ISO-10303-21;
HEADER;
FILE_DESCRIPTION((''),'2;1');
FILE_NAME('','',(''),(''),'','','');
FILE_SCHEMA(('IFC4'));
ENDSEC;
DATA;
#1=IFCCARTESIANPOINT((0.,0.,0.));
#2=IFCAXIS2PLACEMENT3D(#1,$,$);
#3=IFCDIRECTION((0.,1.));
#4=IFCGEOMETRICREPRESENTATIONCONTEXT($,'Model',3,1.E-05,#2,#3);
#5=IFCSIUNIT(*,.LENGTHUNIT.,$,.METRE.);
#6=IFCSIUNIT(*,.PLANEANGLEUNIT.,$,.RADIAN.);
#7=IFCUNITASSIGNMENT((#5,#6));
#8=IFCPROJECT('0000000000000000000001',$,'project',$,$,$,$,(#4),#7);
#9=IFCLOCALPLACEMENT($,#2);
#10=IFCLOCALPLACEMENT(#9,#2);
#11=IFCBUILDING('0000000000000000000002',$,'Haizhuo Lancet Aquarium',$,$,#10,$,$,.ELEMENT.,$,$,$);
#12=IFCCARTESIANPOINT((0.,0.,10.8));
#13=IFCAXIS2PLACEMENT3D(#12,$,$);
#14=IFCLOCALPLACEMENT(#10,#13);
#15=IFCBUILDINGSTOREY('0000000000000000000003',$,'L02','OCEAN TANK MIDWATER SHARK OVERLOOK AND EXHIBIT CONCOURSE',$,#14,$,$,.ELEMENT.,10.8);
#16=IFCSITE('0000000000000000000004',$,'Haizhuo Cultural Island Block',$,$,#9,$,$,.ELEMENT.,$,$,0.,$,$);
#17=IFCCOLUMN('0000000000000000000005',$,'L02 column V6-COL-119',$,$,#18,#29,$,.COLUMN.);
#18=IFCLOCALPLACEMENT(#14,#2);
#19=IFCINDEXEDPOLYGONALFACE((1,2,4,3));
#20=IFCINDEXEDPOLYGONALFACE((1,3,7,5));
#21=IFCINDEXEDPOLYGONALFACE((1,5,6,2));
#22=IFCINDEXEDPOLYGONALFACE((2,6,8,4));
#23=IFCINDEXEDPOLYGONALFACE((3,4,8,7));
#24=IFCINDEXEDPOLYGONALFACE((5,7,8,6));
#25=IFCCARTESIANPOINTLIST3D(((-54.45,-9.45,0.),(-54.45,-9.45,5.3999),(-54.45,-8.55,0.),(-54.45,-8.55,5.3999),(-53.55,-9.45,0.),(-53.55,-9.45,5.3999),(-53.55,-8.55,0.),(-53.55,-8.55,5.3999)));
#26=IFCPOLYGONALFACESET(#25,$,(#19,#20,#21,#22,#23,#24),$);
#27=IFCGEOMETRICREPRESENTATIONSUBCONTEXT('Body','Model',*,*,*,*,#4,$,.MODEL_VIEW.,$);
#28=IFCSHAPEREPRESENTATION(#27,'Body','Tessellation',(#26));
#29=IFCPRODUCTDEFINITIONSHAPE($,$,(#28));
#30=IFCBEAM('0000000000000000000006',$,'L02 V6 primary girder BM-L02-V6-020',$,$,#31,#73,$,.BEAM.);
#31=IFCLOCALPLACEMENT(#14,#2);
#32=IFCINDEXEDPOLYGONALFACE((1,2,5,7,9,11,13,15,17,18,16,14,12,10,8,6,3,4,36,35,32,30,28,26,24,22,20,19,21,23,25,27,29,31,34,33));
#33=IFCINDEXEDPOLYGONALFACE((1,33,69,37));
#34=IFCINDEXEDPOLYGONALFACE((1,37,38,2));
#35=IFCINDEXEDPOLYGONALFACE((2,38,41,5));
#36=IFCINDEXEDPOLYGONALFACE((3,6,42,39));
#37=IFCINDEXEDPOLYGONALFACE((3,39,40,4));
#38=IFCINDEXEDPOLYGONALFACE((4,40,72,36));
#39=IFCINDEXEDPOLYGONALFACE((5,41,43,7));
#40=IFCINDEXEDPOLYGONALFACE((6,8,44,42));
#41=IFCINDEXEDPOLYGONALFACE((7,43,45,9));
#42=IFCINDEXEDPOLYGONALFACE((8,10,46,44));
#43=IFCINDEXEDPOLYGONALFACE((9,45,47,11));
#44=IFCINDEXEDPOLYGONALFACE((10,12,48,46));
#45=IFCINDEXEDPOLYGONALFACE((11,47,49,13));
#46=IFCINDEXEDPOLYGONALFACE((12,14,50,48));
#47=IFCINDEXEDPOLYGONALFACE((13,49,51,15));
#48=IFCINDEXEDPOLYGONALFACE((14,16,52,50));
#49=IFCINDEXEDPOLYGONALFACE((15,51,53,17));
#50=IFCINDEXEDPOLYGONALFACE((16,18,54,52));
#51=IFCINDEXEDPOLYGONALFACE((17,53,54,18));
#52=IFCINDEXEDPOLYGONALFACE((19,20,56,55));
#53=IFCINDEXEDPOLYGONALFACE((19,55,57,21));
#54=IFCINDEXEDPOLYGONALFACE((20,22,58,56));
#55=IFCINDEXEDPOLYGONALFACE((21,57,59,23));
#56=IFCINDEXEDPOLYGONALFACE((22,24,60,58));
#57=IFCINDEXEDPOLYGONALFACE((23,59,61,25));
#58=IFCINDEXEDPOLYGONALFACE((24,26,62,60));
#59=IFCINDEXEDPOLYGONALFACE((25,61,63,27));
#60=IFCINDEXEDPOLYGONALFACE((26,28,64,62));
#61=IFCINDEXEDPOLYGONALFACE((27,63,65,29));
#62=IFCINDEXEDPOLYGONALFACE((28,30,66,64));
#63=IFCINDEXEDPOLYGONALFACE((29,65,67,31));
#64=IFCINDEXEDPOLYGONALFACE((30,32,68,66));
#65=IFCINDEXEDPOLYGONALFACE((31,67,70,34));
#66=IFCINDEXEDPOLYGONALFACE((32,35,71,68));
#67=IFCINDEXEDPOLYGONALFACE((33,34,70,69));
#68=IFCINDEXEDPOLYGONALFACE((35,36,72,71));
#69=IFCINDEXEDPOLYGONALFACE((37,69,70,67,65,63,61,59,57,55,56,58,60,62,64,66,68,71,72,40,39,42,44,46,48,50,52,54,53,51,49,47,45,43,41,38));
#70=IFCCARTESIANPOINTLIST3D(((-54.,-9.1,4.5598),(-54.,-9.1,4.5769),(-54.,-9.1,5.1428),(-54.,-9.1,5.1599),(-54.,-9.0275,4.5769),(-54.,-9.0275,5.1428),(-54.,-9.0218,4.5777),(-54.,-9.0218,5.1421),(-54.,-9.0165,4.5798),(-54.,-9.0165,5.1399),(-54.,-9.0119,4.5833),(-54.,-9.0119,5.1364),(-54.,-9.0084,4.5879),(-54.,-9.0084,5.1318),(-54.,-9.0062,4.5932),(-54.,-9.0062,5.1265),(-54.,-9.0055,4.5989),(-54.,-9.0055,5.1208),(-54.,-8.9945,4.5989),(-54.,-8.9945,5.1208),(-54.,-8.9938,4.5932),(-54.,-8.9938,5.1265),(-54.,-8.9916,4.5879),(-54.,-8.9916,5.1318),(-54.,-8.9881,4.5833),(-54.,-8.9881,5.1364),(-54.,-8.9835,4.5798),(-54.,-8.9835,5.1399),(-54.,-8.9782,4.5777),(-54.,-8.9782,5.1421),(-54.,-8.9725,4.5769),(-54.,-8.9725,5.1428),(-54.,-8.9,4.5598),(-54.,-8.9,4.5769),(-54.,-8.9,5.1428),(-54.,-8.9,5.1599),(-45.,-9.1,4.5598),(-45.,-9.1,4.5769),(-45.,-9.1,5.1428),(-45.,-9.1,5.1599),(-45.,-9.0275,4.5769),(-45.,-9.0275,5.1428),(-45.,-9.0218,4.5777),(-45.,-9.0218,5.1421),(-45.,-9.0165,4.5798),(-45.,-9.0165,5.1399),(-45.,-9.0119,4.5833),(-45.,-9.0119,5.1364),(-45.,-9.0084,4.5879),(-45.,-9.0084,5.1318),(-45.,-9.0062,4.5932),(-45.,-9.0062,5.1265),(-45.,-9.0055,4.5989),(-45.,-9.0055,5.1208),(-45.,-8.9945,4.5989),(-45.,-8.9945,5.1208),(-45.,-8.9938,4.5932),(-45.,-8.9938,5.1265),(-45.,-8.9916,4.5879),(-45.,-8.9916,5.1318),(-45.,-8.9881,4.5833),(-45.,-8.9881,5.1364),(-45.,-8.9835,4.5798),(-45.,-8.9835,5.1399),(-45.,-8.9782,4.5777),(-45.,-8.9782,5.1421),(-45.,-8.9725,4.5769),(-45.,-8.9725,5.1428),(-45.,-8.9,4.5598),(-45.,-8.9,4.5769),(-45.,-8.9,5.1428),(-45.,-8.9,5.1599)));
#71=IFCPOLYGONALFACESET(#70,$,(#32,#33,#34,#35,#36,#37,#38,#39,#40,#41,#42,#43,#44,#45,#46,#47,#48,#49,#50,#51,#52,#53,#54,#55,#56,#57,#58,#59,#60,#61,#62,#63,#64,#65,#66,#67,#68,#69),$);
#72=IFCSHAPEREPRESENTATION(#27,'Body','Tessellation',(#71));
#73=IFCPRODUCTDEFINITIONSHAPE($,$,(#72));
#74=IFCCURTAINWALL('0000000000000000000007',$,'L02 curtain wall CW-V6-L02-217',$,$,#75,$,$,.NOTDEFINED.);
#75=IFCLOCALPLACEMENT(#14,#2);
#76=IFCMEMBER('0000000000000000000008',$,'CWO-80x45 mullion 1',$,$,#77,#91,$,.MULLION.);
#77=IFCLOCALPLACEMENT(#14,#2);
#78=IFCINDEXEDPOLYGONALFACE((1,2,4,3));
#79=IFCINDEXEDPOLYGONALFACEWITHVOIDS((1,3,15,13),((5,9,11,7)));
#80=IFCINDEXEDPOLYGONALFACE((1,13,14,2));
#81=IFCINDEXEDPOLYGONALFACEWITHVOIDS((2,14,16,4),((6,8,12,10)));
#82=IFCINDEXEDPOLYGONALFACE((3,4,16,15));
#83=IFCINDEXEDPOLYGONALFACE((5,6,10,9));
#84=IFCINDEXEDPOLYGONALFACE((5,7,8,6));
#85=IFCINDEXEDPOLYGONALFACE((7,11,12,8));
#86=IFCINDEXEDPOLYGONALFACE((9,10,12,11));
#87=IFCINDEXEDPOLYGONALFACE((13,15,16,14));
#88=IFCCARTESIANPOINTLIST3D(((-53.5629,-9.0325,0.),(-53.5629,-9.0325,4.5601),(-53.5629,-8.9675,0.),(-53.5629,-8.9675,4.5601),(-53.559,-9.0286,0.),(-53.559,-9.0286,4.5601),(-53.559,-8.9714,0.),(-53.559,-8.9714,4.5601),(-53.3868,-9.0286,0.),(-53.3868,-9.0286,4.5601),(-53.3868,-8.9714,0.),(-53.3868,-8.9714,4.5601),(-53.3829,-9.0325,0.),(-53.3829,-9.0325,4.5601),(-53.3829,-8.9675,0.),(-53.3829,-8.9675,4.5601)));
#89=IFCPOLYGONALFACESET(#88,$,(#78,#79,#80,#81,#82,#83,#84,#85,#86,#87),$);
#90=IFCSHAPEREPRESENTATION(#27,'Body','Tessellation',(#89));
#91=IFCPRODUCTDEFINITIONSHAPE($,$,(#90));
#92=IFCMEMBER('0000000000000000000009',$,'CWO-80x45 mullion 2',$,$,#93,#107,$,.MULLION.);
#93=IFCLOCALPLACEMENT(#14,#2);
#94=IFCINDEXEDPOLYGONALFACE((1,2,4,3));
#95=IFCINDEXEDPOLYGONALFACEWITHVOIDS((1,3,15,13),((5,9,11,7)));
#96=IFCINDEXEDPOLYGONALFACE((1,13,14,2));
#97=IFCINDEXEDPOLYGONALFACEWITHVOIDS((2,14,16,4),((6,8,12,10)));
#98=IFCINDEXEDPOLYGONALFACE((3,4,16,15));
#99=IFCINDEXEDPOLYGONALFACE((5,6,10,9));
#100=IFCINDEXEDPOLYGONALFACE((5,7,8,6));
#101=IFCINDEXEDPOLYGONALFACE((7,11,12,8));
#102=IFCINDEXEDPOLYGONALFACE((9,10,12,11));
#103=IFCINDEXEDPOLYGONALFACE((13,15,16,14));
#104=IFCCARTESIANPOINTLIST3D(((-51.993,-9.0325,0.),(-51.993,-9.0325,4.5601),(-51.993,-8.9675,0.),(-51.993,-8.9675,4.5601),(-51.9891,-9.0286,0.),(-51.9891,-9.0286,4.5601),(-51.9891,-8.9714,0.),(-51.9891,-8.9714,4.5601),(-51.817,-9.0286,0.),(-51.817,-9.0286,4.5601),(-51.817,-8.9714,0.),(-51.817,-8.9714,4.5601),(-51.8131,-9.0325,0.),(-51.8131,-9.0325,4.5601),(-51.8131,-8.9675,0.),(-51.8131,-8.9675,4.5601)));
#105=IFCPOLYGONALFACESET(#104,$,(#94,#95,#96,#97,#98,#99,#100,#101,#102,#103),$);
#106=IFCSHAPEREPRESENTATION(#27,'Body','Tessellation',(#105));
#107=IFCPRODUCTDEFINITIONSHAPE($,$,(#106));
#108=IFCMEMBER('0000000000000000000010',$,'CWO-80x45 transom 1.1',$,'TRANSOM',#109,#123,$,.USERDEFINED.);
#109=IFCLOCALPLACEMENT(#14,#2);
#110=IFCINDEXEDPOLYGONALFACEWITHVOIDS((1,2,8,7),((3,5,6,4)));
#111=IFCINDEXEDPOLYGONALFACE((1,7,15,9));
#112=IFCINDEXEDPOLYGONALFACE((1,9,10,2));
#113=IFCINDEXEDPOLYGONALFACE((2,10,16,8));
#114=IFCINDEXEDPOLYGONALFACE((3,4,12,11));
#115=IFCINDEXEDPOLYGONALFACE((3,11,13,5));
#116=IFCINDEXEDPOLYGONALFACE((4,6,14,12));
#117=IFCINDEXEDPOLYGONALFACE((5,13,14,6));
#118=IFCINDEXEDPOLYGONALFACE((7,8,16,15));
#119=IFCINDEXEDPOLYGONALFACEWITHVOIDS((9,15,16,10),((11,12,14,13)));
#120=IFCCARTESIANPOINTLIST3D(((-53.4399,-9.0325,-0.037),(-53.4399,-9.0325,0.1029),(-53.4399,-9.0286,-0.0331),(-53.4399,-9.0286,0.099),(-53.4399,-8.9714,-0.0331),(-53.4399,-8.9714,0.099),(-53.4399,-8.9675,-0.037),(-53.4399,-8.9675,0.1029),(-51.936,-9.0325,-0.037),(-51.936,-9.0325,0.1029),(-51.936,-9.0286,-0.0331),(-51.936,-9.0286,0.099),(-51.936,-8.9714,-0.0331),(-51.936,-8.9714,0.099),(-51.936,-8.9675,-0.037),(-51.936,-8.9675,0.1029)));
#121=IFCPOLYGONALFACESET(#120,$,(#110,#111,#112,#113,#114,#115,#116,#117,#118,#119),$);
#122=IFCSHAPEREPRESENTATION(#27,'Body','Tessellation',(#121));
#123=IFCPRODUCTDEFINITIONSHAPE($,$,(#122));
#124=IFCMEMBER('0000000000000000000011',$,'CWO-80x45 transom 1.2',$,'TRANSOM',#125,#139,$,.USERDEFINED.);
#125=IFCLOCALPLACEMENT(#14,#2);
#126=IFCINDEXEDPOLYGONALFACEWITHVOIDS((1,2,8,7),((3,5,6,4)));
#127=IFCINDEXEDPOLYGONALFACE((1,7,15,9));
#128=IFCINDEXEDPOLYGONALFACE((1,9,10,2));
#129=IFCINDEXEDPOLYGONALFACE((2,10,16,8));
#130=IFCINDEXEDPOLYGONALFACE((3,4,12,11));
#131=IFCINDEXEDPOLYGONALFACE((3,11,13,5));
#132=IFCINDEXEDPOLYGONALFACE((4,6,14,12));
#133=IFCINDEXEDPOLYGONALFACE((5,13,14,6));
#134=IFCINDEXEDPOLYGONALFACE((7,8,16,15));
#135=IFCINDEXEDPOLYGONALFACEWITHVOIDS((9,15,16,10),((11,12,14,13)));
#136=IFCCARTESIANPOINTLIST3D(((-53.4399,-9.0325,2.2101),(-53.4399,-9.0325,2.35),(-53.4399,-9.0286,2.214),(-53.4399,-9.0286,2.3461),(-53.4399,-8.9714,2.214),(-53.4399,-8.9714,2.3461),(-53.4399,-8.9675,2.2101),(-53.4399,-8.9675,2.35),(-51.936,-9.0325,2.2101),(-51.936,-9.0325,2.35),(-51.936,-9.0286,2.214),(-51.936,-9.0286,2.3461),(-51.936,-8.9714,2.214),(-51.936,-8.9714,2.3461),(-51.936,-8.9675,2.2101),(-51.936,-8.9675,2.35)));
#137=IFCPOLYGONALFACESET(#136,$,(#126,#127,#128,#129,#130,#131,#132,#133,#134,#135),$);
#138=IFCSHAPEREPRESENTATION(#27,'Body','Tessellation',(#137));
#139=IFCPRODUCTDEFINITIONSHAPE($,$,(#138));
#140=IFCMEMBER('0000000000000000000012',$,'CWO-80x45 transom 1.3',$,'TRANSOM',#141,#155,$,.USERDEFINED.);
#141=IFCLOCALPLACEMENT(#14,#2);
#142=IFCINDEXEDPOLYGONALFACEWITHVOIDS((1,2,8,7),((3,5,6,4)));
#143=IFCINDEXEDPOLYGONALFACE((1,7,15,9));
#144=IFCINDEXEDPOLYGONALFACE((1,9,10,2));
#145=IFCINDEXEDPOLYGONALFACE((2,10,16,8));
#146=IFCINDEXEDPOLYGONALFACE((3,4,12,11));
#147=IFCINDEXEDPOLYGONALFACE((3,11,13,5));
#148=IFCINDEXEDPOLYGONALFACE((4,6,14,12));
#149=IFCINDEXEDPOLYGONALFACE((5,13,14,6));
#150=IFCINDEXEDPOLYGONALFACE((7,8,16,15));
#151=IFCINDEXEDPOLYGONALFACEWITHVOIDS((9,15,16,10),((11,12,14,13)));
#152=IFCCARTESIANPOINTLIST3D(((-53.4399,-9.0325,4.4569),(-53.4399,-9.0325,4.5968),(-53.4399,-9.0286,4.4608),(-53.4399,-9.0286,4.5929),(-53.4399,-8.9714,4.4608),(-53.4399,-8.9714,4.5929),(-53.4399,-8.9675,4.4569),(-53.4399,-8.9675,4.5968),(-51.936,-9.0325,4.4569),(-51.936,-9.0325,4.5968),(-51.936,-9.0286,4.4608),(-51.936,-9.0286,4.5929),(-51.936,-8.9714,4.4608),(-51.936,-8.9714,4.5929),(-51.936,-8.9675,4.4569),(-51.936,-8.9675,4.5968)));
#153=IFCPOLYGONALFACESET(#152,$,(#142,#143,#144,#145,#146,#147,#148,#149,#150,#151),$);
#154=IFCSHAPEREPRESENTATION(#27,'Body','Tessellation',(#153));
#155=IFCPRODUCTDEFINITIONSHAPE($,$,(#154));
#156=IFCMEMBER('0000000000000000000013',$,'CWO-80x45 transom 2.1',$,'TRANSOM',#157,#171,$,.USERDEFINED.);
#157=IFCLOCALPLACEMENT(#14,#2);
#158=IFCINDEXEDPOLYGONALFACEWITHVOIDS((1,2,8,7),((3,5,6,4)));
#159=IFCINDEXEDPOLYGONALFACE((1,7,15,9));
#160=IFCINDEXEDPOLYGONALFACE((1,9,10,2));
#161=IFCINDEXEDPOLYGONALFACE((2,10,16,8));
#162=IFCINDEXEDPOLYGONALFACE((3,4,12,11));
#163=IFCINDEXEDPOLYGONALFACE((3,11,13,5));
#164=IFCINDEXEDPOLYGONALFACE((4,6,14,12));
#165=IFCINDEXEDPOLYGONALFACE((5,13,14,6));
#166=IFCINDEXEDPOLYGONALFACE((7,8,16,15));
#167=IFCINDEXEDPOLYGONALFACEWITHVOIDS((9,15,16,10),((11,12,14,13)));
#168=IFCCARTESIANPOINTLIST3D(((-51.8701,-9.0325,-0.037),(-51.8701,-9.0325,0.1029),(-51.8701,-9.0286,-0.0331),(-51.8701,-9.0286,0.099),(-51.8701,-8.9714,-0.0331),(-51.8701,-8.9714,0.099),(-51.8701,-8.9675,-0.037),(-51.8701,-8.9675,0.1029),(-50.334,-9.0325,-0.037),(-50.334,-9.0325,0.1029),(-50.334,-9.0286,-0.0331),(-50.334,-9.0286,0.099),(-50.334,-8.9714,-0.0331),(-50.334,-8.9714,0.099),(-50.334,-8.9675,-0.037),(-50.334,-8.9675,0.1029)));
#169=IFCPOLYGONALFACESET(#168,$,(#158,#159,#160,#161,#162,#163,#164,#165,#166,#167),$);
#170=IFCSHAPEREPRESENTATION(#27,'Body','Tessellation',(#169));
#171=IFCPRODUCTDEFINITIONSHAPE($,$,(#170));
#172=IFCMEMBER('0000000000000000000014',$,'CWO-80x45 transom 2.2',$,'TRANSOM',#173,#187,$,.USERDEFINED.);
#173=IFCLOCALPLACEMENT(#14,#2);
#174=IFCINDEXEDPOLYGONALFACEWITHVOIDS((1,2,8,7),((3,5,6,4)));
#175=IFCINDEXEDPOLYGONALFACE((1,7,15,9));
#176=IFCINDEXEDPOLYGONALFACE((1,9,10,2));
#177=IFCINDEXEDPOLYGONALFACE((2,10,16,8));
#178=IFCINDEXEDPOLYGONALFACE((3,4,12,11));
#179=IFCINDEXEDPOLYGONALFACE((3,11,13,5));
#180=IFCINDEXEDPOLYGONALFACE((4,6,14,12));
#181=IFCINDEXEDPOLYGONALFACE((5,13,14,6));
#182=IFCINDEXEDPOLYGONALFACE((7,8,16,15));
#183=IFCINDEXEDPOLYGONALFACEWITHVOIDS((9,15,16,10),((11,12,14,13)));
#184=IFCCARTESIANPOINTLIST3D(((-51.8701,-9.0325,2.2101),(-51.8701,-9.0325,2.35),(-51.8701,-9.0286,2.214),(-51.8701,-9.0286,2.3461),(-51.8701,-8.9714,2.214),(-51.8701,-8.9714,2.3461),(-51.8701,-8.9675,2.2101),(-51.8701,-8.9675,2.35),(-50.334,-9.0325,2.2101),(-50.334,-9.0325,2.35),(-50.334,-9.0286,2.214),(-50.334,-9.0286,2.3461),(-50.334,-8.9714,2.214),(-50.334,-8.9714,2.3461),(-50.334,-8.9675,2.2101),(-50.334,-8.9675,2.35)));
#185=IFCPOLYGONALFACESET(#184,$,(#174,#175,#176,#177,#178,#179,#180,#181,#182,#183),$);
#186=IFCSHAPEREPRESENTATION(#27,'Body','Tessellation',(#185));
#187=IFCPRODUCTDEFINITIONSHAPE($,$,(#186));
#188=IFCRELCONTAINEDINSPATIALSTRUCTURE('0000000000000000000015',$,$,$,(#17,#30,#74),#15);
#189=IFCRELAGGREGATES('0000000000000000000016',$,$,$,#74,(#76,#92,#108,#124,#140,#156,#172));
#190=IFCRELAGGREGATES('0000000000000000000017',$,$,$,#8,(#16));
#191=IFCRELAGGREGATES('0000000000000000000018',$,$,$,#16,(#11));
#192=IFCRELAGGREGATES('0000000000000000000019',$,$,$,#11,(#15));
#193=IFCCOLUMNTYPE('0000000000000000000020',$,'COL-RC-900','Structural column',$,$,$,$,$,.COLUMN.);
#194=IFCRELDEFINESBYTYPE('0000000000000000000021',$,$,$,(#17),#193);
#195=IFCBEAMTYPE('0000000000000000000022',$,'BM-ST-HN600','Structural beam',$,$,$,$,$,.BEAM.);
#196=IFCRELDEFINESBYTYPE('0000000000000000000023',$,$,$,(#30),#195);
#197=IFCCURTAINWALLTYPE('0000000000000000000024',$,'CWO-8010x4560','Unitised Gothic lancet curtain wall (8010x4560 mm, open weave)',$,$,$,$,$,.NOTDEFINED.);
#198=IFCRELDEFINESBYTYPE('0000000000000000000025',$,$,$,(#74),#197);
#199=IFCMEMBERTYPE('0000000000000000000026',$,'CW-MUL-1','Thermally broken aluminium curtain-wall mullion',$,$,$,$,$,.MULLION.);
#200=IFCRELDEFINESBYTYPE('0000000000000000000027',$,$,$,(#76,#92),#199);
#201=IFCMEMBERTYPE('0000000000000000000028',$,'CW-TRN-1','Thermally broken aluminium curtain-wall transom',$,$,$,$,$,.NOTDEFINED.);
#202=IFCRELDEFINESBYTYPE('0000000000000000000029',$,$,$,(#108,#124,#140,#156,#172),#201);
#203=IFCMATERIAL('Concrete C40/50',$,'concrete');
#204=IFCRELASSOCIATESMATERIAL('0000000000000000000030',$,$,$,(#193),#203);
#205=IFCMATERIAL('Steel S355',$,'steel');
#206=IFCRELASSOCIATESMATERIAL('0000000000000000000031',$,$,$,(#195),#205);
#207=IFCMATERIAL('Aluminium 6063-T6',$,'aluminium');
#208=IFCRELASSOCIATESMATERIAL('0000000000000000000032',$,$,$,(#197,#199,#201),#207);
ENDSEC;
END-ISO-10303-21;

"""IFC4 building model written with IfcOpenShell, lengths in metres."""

from ifc_helpers import new_model, si_unit, direction, frame, origin, origin_2d, place, context, subcontext, project, spatial, rectangle, hollow_rectangle, i_section, extrude, material, material_profile, profile_set, type_object, element, aggregate, save


model = new_model("IFC4")

# Units and contexts
model_context = context("Model", 3, precision=1e-05, world=origin(), true_north=direction((0.0, 1.0)))
body_context = subcontext(model_context, "Body", "Model", "MODEL_VIEW")
ifc_project = project(units=[si_unit("LENGTHUNIT", "METRE"), si_unit("PLANEANGLEUNIT", "RADIAN")], contexts=[model_context])

# Site, building, storey
site_placement = place(None, origin())
site = spatial("IfcSite", under=ifc_project, at=site_placement, Name="Haizhuo Cultural Island Block", CompositionType="ELEMENT", RefElevation=0.0)
building_placement = place(site_placement, origin())
building = spatial("IfcBuilding", under=site, at=building_placement, Name="Haizhuo Lancet Aquarium", CompositionType="ELEMENT")
storey_placement = place(building_placement, frame((0.0, 0.0, 10.8)))
storey = spatial("IfcBuildingStorey", under=building, at=storey_placement, Name="L02", Description="OCEAN TANK MIDWATER SHARK OVERLOOK AND EXHIBIT CONCOURSE", CompositionType="ELEMENT", Elevation=10.8)

# Column
ifc_material_1 = material(Name="Concrete C40/50", Category="concrete")
ifc_material_profile_1 = material_profile(ifc_material_1, rectangle(XDim=0.8999, YDim=0.8999, at=origin_2d()), Name="RC-COL 900x900")
ifc_profile_set_1 = profile_set([ifc_material_profile_1], Name="Concrete C40/50")
column_type = type_object("IfcColumnType", Name="COL-RC-900", Description="Structural column", PredefinedType="COLUMN", material=ifc_profile_set_1)
column_placement = place(storey_placement, frame((-54.0, -9.0, 0.0), z_axis=(0.0, 0.0, 1.0), x_axis=(1.0, 0.0, 0.0)))
element("IfcColumn", 1, at=column_placement, inside=storey, type_object=column_type, Name="L02 column V6-COL-119", PredefinedType="COLUMN", context=body_context, shape_type="SweptSolid", body=[
    extrude(rectangle(XDim=0.8999, YDim=0.8999, at=origin_2d()), origin(), (0.0, 0.0, 1.0), 5.3999),
])

# Beam
ifc_material_2 = material(Name="Steel S355", Category="steel")
ifc_material_profile_2 = material_profile(ifc_material_2, i_section(OverallWidth=0.2, OverallDepth=0.6001, WebThickness=0.011, FlangeThickness=0.0171, FilletRadius=0.022, at=origin_2d()), Name="HN 600x200x11x17")
ifc_profile_set_2 = profile_set([ifc_material_profile_2], Name="Steel S355")
beam_type_1 = type_object("IfcBeamType", Name="BM-ST-HN600", Description="Structural beam", PredefinedType="BEAM", material=ifc_profile_set_2)
beam_1_placement = place(storey_placement, frame((-54.0, -9.0, 4.8599), z_axis=(1.0, 0.0, 0.0), x_axis=(0.0, 1.0, 0.0)))
element("IfcBeam", 2, at=beam_1_placement, inside=storey, type_object=beam_type_1, Name="L02 V6 primary girder BM-L02-V6-020", PredefinedType="BEAM", context=body_context, shape_type="SweptSolid", body=[
    extrude(i_section(OverallWidth=0.2, OverallDepth=0.6001, WebThickness=0.011, FlangeThickness=0.0171, FilletRadius=0.022, at=origin_2d()), origin(), (0.0, 0.0, 1.0), 9.0),
])

# Curtain wall, members
ifc_material_3 = material(Name="Aluminium 6063-T6", Category="aluminium")
curtain_wall_type = type_object("IfcCurtainWallType", Name="CWO-8010x4560", Description="Unitised Gothic lancet curtain wall (8010x4560 mm, open weave)", PredefinedType="NOTDEFINED", material=ifc_material_3)
curtain_wall_placement = place(storey_placement, origin())
curtain_wall = element("IfcCurtainWall", 3, at=curtain_wall_placement, inside=storey, type_object=curtain_wall_type, Name="L02 curtain wall CW-V6-L02-217", PredefinedType="NOTDEFINED")
ifc_material_profile_3 = material_profile(ifc_material_3, hollow_rectangle(XDim=0.0649, YDim=0.1799, WallThickness=0.0039, at=origin_2d()), Name="ALU-M 65x180x4")
ifc_profile_set_3 = profile_set([ifc_material_profile_3], Name="Aluminium 6063-T6")
member_type_1 = type_object("IfcMemberType", Name="CW-MUL-1", Description="Thermally broken aluminium curtain-wall mullion", PredefinedType="MULLION", material=ifc_profile_set_3)
member_1_placement = place(storey_placement, frame((-53.4729, -9.0, 0.0), z_axis=(0.0, 0.0, 1.0), x_axis=(0.0, 1.0, 0.0)))
member_1 = element("IfcMember", 4, at=member_1_placement, type_object=member_type_1, Name="CWO-80x45 mullion 1", PredefinedType="MULLION", context=body_context, shape_type="SweptSolid", body=[
    extrude(hollow_rectangle(XDim=0.0649, YDim=0.1799, WallThickness=0.0039, at=origin_2d()), origin(), (0.0, 0.0, 1.0), 4.5601),
])
member_2_placement = place(storey_placement, frame((-51.9031, -9.0, 0.0), z_axis=(0.0, 0.0, 1.0), x_axis=(0.0, 1.0, 0.0)))
member_2 = element("IfcMember", 5, at=member_2_placement, type_object=member_type_1, Name="CWO-80x45 mullion 2", PredefinedType="MULLION", context=body_context, shape_type="SweptSolid", body=[
    extrude(hollow_rectangle(XDim=0.0649, YDim=0.1799, WallThickness=0.0039, at=origin_2d()), origin(), (0.0, 0.0, 1.0), 4.5601),
])
ifc_material_profile_4 = material_profile(ifc_material_3, hollow_rectangle(XDim=0.0649, YDim=0.1399, WallThickness=0.0039, at=origin_2d()), Name="ALU-T 65x140x4")
ifc_profile_set_4 = profile_set([ifc_material_profile_4], Name="Aluminium 6063-T6")
member_type_2 = type_object("IfcMemberType", Name="CW-TRN-1", Description="Thermally broken aluminium curtain-wall transom", PredefinedType="NOTDEFINED", material=ifc_profile_set_4)
member_3_placement = place(storey_placement, frame((-53.4399, -9.0, 0.033), z_axis=(1.0, 0.0, 0.0), x_axis=(0.0, 1.0, 0.0)))
member_3 = element("IfcMember", 6, at=member_3_placement, type_object=member_type_2, Name="CWO-80x45 transom 1.1", ObjectType="TRANSOM", PredefinedType="USERDEFINED", context=body_context, shape_type="SweptSolid", body=[
    extrude(hollow_rectangle(XDim=0.0649, YDim=0.1399, WallThickness=0.0039, at=origin_2d()), origin(), (0.0, 0.0, 1.0), 1.5039),
])
member_4_placement = place(storey_placement, frame((-53.4399, -9.0, 2.28), z_axis=(1.0, 0.0, 0.0), x_axis=(0.0, 1.0, 0.0)))
member_4 = element("IfcMember", 7, at=member_4_placement, type_object=member_type_2, Name="CWO-80x45 transom 1.2", ObjectType="TRANSOM", PredefinedType="USERDEFINED", context=body_context, shape_type="SweptSolid", body=[
    extrude(hollow_rectangle(XDim=0.0649, YDim=0.1399, WallThickness=0.0039, at=origin_2d()), origin(), (0.0, 0.0, 1.0), 1.5039),
])
member_5_placement = place(storey_placement, frame((-53.4399, -9.0, 4.5269), z_axis=(1.0, 0.0, 0.0), x_axis=(0.0, 1.0, 0.0)))
member_5 = element("IfcMember", 8, at=member_5_placement, type_object=member_type_2, Name="CWO-80x45 transom 1.3", ObjectType="TRANSOM", PredefinedType="USERDEFINED", context=body_context, shape_type="SweptSolid", body=[
    extrude(hollow_rectangle(XDim=0.0649, YDim=0.1399, WallThickness=0.0039, at=origin_2d()), origin(), (0.0, 0.0, 1.0), 1.5039),
])
member_6_placement = place(storey_placement, frame((-51.8701, -9.0, 0.033), z_axis=(1.0, 0.0, 0.0), x_axis=(0.0, 1.0, 0.0)))
member_6 = element("IfcMember", 9, at=member_6_placement, type_object=member_type_2, Name="CWO-80x45 transom 2.1", ObjectType="TRANSOM", PredefinedType="USERDEFINED", context=body_context, shape_type="SweptSolid", body=[
    extrude(hollow_rectangle(XDim=0.0649, YDim=0.1399, WallThickness=0.0039, at=origin_2d()), origin(), (0.0, 0.0, 1.0), 1.5361),
])
member_7_placement = place(storey_placement, frame((-51.8701, -9.0, 2.28), z_axis=(1.0, 0.0, 0.0), x_axis=(0.0, 1.0, 0.0)))
member_7 = element("IfcMember", 10, at=member_7_placement, type_object=member_type_2, Name="CWO-80x45 transom 2.2", ObjectType="TRANSOM", PredefinedType="USERDEFINED", context=body_context, shape_type="SweptSolid", body=[
    extrude(hollow_rectangle(XDim=0.0649, YDim=0.1399, WallThickness=0.0039, at=origin_2d()), origin(), (0.0, 0.0, 1.0), 1.5361),
])

aggregate(curtain_wall, [member_1, member_2, member_3, member_4, member_5, member_6, member_7])

save(model, "model.ifc")
